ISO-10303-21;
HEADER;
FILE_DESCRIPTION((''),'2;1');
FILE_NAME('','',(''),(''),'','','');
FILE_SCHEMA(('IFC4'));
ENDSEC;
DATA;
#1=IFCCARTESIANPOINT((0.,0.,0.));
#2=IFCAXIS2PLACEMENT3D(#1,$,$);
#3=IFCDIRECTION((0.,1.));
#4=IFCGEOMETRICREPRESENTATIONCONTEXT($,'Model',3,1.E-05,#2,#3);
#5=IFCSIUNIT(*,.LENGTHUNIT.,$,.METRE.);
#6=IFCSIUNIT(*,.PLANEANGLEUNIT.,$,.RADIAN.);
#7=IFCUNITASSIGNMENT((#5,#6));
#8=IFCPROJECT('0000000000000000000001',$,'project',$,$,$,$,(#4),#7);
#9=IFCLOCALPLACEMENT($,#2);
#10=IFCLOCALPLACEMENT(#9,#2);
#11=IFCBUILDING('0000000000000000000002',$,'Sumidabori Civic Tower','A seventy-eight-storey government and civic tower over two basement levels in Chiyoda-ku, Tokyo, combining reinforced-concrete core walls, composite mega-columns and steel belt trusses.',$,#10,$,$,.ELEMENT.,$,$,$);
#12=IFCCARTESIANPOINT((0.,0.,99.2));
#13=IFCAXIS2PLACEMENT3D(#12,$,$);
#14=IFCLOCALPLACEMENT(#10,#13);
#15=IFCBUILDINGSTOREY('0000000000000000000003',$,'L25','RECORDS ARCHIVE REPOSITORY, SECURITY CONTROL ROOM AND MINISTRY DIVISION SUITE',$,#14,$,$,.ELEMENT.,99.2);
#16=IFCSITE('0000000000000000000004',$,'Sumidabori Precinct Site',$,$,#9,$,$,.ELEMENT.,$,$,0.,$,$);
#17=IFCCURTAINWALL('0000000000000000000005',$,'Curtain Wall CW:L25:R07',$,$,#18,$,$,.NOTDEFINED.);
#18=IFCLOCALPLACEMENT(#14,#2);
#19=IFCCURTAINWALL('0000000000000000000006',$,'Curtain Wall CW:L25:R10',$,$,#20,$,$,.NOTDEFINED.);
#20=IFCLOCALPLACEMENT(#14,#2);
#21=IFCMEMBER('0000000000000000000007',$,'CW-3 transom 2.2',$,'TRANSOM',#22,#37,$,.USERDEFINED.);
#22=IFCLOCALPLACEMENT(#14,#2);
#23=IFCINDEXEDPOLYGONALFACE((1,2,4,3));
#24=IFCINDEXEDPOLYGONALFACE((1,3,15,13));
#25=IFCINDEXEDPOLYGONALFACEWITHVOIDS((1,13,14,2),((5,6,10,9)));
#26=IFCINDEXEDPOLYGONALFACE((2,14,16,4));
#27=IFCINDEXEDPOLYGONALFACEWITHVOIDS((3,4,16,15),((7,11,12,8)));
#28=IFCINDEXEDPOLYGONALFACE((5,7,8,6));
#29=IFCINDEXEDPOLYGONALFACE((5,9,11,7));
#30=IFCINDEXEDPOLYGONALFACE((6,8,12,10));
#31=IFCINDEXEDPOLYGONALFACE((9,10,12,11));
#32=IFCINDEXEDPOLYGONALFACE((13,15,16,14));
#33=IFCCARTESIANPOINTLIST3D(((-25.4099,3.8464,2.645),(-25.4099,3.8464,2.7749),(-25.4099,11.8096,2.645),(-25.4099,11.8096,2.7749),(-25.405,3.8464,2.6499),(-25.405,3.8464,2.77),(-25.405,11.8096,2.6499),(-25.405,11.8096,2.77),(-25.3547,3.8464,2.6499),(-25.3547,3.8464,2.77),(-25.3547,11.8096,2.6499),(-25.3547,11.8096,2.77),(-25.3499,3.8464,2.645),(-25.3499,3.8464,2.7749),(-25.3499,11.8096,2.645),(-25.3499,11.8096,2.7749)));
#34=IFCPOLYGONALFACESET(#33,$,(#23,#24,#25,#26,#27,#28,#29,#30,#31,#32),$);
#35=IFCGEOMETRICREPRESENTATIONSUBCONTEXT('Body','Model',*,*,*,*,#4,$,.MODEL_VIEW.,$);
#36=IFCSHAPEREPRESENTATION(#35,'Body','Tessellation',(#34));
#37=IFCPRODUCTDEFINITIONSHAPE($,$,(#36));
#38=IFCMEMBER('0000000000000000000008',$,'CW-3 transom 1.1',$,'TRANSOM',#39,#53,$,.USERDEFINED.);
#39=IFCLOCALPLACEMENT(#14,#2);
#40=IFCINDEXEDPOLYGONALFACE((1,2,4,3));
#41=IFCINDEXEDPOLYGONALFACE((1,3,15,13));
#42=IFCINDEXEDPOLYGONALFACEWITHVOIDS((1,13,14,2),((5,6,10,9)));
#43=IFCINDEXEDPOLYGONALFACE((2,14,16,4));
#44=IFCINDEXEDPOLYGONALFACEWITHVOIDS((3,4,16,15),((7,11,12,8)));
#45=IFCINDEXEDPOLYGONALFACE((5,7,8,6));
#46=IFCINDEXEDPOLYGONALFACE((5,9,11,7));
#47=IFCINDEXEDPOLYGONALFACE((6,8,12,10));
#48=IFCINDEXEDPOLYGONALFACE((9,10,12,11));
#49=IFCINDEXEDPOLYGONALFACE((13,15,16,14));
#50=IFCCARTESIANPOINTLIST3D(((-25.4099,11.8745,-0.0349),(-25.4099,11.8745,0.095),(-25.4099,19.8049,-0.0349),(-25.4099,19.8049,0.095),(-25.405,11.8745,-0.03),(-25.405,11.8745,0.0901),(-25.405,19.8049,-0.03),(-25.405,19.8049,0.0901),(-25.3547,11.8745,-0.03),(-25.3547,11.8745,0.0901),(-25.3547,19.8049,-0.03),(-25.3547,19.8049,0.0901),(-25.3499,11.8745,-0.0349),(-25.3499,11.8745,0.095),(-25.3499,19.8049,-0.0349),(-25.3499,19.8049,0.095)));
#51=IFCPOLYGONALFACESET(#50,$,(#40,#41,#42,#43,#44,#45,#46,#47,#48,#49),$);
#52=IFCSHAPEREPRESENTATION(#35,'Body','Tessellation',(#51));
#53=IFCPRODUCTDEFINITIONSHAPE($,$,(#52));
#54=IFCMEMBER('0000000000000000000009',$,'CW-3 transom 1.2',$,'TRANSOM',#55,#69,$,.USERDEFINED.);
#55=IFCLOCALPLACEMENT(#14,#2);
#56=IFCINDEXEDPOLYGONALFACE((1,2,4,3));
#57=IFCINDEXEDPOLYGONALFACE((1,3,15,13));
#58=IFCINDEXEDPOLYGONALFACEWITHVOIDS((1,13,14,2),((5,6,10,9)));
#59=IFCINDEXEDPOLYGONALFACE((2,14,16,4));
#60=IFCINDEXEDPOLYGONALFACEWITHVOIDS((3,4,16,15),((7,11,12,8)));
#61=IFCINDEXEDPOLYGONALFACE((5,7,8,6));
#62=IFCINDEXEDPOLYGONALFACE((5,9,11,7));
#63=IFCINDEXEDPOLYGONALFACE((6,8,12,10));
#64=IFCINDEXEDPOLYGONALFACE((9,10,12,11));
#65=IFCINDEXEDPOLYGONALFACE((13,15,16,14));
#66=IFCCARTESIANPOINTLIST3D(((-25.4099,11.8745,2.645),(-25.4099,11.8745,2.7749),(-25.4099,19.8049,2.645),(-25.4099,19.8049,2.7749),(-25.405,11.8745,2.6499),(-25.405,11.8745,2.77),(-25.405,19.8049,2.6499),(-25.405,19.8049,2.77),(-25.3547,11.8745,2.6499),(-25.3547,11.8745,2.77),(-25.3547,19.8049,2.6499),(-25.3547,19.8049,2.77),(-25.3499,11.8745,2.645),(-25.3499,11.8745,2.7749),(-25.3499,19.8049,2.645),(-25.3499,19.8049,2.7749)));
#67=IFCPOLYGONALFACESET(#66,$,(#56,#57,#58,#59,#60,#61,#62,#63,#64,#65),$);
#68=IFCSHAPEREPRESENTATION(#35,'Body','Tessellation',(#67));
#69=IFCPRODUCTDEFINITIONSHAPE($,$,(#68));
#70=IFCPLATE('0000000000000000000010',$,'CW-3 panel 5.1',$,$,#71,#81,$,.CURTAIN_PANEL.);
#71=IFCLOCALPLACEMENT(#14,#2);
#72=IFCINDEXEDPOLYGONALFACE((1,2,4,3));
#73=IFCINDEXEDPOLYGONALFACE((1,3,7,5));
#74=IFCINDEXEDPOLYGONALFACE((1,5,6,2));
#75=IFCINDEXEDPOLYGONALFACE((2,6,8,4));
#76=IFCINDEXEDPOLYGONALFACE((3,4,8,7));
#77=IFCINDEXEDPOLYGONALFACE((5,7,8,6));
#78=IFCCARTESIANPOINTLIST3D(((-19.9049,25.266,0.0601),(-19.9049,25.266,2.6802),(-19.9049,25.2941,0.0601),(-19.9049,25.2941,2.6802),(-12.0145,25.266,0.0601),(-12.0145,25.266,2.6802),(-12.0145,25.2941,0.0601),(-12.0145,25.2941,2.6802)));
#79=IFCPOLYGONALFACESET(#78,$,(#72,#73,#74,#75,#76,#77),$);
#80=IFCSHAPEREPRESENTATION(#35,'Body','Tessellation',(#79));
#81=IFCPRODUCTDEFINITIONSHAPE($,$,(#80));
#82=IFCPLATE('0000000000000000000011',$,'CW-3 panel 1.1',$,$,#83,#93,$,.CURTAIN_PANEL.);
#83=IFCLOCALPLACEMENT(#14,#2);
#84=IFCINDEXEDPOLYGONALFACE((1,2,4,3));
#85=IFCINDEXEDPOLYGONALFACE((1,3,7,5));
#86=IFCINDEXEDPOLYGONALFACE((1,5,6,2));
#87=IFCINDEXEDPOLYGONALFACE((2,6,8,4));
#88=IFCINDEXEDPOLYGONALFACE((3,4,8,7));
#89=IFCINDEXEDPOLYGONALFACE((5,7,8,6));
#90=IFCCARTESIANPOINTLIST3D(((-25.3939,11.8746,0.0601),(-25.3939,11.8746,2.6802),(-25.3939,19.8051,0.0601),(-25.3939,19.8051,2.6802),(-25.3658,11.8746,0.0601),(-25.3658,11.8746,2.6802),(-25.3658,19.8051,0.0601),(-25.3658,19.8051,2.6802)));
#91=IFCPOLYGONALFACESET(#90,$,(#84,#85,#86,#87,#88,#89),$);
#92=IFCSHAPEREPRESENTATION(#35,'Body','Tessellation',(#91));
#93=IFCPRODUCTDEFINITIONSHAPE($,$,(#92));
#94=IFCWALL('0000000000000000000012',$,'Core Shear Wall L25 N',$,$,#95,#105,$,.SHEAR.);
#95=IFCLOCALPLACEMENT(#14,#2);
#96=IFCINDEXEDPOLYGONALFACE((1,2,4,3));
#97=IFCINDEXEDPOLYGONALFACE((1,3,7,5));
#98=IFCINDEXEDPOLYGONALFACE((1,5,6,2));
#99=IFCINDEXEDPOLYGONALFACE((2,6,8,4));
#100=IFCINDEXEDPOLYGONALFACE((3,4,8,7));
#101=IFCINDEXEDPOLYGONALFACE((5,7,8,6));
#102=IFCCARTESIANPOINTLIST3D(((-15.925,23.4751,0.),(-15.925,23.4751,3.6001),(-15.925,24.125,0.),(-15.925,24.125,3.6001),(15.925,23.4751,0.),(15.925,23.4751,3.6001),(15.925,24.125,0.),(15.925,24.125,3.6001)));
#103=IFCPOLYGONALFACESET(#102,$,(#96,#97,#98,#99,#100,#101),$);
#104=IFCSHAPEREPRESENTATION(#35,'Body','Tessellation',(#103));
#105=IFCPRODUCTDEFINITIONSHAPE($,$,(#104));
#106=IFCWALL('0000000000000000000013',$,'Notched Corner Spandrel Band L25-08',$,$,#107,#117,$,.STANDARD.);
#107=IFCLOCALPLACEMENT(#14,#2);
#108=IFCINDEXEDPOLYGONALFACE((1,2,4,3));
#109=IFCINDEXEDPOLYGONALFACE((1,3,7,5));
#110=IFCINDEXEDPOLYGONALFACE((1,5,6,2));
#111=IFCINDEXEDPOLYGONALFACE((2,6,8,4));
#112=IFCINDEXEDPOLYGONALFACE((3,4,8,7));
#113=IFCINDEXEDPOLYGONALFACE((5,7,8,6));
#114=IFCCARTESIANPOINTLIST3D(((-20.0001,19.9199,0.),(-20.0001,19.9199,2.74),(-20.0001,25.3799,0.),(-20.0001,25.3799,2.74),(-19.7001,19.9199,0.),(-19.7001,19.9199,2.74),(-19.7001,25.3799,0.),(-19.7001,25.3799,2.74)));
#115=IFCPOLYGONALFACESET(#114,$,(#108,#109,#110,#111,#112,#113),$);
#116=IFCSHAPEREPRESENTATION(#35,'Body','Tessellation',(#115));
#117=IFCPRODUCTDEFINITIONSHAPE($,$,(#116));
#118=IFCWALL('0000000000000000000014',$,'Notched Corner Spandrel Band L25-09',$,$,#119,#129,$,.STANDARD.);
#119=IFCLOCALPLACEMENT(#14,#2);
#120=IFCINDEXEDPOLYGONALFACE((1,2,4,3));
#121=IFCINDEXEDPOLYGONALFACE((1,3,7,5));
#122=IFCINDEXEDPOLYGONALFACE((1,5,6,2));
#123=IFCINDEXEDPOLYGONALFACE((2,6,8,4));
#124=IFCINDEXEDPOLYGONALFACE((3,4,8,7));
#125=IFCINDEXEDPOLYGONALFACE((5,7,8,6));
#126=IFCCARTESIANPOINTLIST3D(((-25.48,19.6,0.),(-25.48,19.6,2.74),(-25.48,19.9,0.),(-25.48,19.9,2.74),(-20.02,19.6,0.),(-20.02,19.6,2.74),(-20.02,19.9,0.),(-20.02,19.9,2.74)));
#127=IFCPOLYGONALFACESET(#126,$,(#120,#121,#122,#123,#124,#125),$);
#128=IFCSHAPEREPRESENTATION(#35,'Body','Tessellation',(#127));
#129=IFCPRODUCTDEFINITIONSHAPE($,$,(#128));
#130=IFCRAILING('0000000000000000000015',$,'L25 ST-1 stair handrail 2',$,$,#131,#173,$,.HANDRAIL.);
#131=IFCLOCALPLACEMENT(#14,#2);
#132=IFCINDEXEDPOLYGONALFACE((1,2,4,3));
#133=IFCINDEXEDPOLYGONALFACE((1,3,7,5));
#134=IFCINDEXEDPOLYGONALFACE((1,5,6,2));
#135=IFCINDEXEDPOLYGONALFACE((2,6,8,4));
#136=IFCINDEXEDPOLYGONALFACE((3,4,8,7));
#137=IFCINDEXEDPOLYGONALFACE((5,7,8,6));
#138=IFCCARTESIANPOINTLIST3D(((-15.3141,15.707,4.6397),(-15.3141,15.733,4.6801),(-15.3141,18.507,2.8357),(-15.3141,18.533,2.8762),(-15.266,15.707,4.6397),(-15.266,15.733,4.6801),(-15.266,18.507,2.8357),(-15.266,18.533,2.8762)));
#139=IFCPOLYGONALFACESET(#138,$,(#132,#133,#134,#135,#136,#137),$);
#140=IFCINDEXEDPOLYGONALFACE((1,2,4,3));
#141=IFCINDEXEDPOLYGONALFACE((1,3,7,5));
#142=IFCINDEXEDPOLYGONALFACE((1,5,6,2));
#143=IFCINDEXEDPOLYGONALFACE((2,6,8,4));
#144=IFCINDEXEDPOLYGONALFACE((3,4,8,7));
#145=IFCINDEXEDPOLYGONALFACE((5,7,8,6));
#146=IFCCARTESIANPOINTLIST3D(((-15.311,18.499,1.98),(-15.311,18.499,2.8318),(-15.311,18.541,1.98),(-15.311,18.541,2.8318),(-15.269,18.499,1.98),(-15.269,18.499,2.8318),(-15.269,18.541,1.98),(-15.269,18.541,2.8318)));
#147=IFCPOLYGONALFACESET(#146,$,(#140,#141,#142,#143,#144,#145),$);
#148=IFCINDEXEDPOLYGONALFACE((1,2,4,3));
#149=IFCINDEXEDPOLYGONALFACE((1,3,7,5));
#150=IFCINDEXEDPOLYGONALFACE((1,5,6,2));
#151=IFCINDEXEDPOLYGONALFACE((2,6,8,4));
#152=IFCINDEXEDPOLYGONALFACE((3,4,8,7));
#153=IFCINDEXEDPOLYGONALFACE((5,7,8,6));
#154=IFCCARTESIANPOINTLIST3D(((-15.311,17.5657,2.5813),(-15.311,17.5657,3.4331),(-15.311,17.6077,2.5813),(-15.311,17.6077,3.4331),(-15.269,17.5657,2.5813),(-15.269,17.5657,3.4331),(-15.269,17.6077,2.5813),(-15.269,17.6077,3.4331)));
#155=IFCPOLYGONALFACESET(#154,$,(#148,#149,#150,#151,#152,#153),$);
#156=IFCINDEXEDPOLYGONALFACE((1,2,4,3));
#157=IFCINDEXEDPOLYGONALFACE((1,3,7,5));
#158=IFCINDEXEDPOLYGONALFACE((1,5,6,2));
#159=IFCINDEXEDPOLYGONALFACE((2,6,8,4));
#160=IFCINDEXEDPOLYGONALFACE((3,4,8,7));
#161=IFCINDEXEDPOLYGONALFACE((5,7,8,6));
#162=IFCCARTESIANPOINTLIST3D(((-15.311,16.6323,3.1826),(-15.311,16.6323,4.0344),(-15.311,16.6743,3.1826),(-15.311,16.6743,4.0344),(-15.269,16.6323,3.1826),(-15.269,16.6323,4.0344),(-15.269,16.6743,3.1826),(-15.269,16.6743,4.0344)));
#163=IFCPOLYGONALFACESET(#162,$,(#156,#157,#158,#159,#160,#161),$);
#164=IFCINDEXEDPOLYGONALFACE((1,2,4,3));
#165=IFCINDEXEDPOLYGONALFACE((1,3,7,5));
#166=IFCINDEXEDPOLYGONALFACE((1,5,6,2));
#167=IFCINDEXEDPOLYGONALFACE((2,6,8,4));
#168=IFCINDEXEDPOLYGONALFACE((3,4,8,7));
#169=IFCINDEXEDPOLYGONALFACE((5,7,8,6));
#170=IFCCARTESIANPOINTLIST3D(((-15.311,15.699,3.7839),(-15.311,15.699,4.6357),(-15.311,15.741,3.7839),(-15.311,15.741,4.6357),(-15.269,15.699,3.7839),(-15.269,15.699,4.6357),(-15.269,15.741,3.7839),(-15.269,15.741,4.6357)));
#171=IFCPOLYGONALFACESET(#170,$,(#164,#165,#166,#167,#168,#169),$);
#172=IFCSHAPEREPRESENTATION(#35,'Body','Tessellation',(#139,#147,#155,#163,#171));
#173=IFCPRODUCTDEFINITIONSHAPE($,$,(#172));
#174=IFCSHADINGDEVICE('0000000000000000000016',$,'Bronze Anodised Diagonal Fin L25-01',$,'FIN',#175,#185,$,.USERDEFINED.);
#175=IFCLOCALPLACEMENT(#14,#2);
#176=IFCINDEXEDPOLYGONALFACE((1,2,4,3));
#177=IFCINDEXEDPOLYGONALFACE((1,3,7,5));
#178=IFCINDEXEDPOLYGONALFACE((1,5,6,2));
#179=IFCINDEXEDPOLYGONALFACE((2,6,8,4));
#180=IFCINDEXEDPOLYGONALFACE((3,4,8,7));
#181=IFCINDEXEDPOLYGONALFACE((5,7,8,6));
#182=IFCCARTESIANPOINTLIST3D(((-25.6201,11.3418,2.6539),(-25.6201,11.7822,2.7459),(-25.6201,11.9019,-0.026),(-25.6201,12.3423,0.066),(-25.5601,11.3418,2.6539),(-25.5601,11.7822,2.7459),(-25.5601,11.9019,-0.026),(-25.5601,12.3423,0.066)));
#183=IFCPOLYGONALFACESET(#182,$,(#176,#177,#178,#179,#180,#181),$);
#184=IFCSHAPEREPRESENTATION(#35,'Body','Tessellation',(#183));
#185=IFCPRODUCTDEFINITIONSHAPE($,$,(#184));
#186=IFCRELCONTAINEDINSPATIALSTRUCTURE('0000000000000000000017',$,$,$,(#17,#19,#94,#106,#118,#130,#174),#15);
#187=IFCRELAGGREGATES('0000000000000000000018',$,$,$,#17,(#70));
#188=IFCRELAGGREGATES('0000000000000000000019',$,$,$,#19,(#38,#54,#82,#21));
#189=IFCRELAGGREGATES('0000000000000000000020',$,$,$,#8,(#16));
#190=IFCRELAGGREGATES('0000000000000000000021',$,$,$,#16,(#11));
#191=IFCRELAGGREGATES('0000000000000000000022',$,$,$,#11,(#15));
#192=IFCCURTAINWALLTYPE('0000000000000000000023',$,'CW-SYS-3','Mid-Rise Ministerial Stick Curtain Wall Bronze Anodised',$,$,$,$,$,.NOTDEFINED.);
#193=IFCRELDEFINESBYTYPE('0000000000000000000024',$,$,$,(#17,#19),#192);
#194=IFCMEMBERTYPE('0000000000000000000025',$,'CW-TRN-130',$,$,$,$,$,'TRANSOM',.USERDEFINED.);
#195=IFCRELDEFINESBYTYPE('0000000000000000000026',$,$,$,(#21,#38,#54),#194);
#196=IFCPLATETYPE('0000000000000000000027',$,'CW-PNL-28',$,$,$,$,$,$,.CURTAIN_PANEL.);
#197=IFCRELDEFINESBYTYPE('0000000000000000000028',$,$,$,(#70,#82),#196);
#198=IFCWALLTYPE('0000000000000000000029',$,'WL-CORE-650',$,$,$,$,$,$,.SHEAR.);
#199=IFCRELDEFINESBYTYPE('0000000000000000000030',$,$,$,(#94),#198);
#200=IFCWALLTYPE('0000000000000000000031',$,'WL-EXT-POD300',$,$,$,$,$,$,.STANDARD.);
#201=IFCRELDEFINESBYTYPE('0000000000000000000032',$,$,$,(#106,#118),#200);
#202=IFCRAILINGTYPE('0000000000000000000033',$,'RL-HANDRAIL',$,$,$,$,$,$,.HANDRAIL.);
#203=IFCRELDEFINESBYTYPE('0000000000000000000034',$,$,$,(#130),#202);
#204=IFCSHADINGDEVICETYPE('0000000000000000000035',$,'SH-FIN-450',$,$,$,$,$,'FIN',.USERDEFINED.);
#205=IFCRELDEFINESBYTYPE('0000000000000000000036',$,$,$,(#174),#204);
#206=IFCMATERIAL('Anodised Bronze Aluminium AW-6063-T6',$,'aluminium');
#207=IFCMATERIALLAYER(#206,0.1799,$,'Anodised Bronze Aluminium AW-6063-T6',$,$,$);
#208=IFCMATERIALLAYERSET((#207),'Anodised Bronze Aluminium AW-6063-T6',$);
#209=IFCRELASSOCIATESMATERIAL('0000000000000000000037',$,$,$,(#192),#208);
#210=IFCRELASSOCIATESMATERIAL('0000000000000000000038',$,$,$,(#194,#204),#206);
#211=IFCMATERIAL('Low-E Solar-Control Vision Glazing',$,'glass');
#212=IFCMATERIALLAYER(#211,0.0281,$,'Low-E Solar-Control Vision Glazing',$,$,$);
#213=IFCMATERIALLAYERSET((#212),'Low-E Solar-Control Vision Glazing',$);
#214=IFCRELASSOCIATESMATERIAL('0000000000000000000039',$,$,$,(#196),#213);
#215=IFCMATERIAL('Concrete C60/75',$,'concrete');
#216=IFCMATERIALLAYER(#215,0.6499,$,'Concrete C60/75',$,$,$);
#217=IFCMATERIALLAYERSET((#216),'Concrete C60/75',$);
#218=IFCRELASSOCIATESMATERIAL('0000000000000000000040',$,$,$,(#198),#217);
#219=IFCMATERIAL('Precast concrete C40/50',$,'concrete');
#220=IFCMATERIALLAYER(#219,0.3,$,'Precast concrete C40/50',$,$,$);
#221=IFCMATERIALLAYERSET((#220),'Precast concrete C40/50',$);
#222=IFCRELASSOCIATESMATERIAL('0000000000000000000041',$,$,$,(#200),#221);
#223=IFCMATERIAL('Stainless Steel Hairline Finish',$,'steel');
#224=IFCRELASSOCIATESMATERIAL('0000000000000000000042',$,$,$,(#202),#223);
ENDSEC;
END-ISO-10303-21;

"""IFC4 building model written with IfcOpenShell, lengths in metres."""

from ifc_helpers import new_model, si_unit, direction, frame, frame_2d, origin, origin_2d, place, context, subcontext, project, spatial, rectangle, hollow_rectangle, extrude, source, transform, mapped, material, layer, layer_set, material_profile, profile_set, type_object, element, aggregate, save


model = new_model("IFC4")

# Units and contexts
model_context = context("Model", 3, precision=1e-05, world=origin(), true_north=direction((0.0, 1.0)))
body_context = subcontext(model_context, "Body", "Model", "MODEL_VIEW")
ifc_project = project(units=[si_unit("LENGTHUNIT", "METRE"), si_unit("PLANEANGLEUNIT", "RADIAN")], contexts=[model_context])

# Site, building, storey
site_placement = place(None, origin())
site = spatial("IfcSite", under=ifc_project, at=site_placement, Name="Sumidabori Precinct Site", CompositionType="ELEMENT", RefElevation=0.0)
building_placement = place(site_placement, origin())
building = spatial("IfcBuilding", under=site, at=building_placement, Name="Sumidabori Civic Tower", Description="A seventy-eight-storey government and civic tower over two basement levels in Chiyoda-ku, Tokyo, combining reinforced-concrete core walls, composite mega-columns and steel belt trusses.", CompositionType="ELEMENT")
storey_placement = place(building_placement, frame((0.0, 0.0, 99.2)))
storey = spatial("IfcBuildingStorey", under=building, at=storey_placement, Name="L25", Description="RECORDS ARCHIVE REPOSITORY, SECURITY CONTROL ROOM AND MINISTRY DIVISION SUITE", CompositionType="ELEMENT", Elevation=99.2)

# Shared definitions
ifc_material_1 = material(Name="Concrete C60/75", Category="concrete")

# Curtain wall
ifc_material_2 = material(Name="Anodised Bronze Aluminium AW-6063-T6", Category="aluminium")
ifc_layer_1 = layer(ifc_material_2, 0.1799, Name="Anodised Bronze Aluminium AW-6063-T6")
ifc_layer_set_1 = layer_set([ifc_layer_1], Name="Anodised Bronze Aluminium AW-6063-T6")
curtain_wall_type = type_object("IfcCurtainWallType", Name="CW-SYS-3", Description="Mid-Rise Ministerial Stick Curtain Wall Bronze Anodised", PredefinedType="NOTDEFINED", material=ifc_layer_set_1)
curtain_wall_1_placement = place(storey_placement, origin())
curtain_wall_1 = element("IfcCurtainWall", 1, at=curtain_wall_1_placement, inside=storey, type_object=curtain_wall_type, Name="Curtain Wall CW:L25:R07", PredefinedType="NOTDEFINED")

# Curtain wall, members
curtain_wall_2_placement = place(storey_placement, origin())
curtain_wall_2 = element("IfcCurtainWall", 2, at=curtain_wall_2_placement, inside=storey, type_object=curtain_wall_type, Name="Curtain Wall CW:L25:R10", PredefinedType="NOTDEFINED")
ifc_material_profile_1 = material_profile(ifc_material_2, hollow_rectangle(XDim=0.0601, YDim=0.1299, WallThickness=0.0049, at=origin_2d()), Name="ALU TRANSOM 130x60")
ifc_profile_set_1 = profile_set([ifc_material_profile_1], Name="Anodised Bronze Aluminium AW-6063-T6")
member_type_1 = type_object("IfcMemberType", Name="CW-TRN-130", ElementType="TRANSOM", PredefinedType="USERDEFINED", material=ifc_profile_set_1)
shared_shape_1 = source(origin(), body_context, "Body", "SweptSolid", [
    extrude(hollow_rectangle(XDim=0.0601, YDim=0.1299, WallThickness=0.0049, at=origin_2d()), origin(), (0.0, 0.0, 1.0), 7.9631),
])
member_1_placement = place(storey_placement, frame((-25.3799, 11.8096, 2.71), z_axis=(0.0, -1.0, 0.0), x_axis=(1.0, 0.0, 0.0)))
member_1 = element("IfcMember", 3, at=member_1_placement, type_object=member_type_1, Name="CW-3 transom 2.2", ObjectType="TRANSOM", PredefinedType="USERDEFINED", context=body_context, shape_type="MappedRepresentation", body=[
    mapped(shared_shape_1, transform((0.0, 0.0, 0.0), x_axis=(1.0, 0.0, 0.0), y_axis=(0.0, 1.0, 0.0), z_axis=(0.0, 0.0, 1.0), scale=1.0)),
])
shared_shape_2 = source(origin(), body_context, "Body", "SweptSolid", [
    extrude(hollow_rectangle(XDim=0.0601, YDim=0.1299, WallThickness=0.0049, at=origin_2d()), origin(), (0.0, 0.0, 1.0), 7.9304),
])
member_2_placement = place(storey_placement, frame((-25.3799, 19.8049, 0.03), z_axis=(0.0, -1.0, 0.0), x_axis=(1.0, 0.0, 0.0)))
member_2 = element("IfcMember", 4, at=member_2_placement, type_object=member_type_1, Name="CW-3 transom 1.1", ObjectType="TRANSOM", PredefinedType="USERDEFINED", context=body_context, shape_type="MappedRepresentation", body=[
    mapped(shared_shape_2, transform((0.0, 0.0, 0.0), x_axis=(1.0, 0.0, 0.0), y_axis=(0.0, 1.0, 0.0), z_axis=(0.0, 0.0, 1.0), scale=1.0)),
])
member_3_placement = place(storey_placement, frame((-25.3799, 19.8049, 2.71), z_axis=(0.0, -1.0, 0.0), x_axis=(1.0, 0.0, 0.0)))
member_3 = element("IfcMember", 5, at=member_3_placement, type_object=member_type_1, Name="CW-3 transom 1.2", ObjectType="TRANSOM", PredefinedType="USERDEFINED", context=body_context, shape_type="MappedRepresentation", body=[
    mapped(shared_shape_2, transform((0.0, 0.0, 0.0), x_axis=(1.0, 0.0, 0.0), y_axis=(0.0, 1.0, 0.0), z_axis=(0.0, 0.0, 1.0), scale=1.0)),
])

# Plates
ifc_material_3 = material(Name="Low-E Solar-Control Vision Glazing", Category="glass")
ifc_layer_2 = layer(ifc_material_3, 0.0281, Name="Low-E Solar-Control Vision Glazing")
ifc_layer_set_2 = layer_set([ifc_layer_2], Name="Low-E Solar-Control Vision Glazing")
plate_type = type_object("IfcPlateType", Name="CW-PNL-28", PredefinedType="CURTAIN_PANEL", material=ifc_layer_set_2)
shared_shape_3 = source(origin(), body_context, "Body", "SweptSolid", [
    extrude(rectangle(XDim=7.8904, YDim=0.0281, at=origin_2d()), origin(), (0.0, 0.0, 1.0), 2.6201),
])
plate_1_placement = place(storey_placement, frame((-15.9597, 25.28, 0.0601), z_axis=(0.0, 0.0, 1.0), x_axis=(-1.0, 0.0, 0.0)))
plate_1 = element("IfcPlate", 6, at=plate_1_placement, type_object=plate_type, Name="CW-3 panel 5.1", PredefinedType="CURTAIN_PANEL", context=body_context, shape_type="MappedRepresentation", body=[
    mapped(shared_shape_3, transform((0.0, 0.0, 0.0), x_axis=(1.0, 0.0, 0.0), y_axis=(0.0, 1.0, 0.0), z_axis=(0.0, 0.0, 1.0), scale=1.0)),
])
aggregate(curtain_wall_1, [plate_1])
shared_shape_4 = source(origin(), body_context, "Body", "SweptSolid", [
    extrude(rectangle(XDim=7.9304, YDim=0.0281, at=origin_2d()), origin(), (0.0, 0.0, 1.0), 2.6201),
])
plate_2_placement = place(storey_placement, frame((-25.3799, 15.8398, 0.0601), z_axis=(0.0, 0.0, 1.0), x_axis=(0.0, -1.0, 0.0)))
plate_2 = element("IfcPlate", 7, at=plate_2_placement, type_object=plate_type, Name="CW-3 panel 1.1", PredefinedType="CURTAIN_PANEL", context=body_context, shape_type="MappedRepresentation", body=[
    mapped(shared_shape_4, transform((0.0, 0.0, 0.0), x_axis=(1.0, 0.0, 0.0), y_axis=(0.0, 1.0, 0.0), z_axis=(0.0, 0.0, 1.0), scale=1.0)),
])
aggregate(curtain_wall_2, [member_2, member_3, plate_2, member_1])

# Walls
ifc_layer_3 = layer(ifc_material_1, 0.6499, Name="Concrete C60/75")
ifc_layer_set_3 = layer_set([ifc_layer_3], Name="Concrete C60/75")
wall_type_1 = type_object("IfcWallType", Name="WL-CORE-650", PredefinedType="SHEAR", material=ifc_layer_set_3)
shared_shape_5 = source(origin(), body_context, "Body", "SweptSolid", [
    extrude(rectangle(XDim=31.8501, YDim=0.6499, at=frame_2d((15.925, 0.0))), origin(), (0.0, 0.0, 1.0), 3.6001),
])
wall_placement = place(storey_placement, frame((-15.925, 23.8, 0.0), z_axis=(0.0, 0.0, 1.0), x_axis=(1.0, 0.0, 0.0)))
element("IfcWall", 8, at=wall_placement, inside=storey, type_object=wall_type_1, Name="Core Shear Wall L25 N", PredefinedType="SHEAR", context=body_context, shape_type="MappedRepresentation", body=[
    mapped(shared_shape_5, transform((0.0, 0.0, 0.0), x_axis=(1.0, 0.0, 0.0), y_axis=(0.0, 1.0, 0.0), z_axis=(0.0, 0.0, 1.0), scale=1.0)),
])
ifc_material_4 = material(Name="Precast concrete C40/50", Category="concrete")
ifc_layer_4 = layer(ifc_material_4, 0.3, Name="Precast concrete C40/50")
ifc_layer_set_4 = layer_set([ifc_layer_4], Name="Precast concrete C40/50")
wall_type_2 = type_object("IfcWallType", Name="WL-EXT-POD300", PredefinedType="STANDARD", material=ifc_layer_set_4)
shared_shape_6 = source(origin(), body_context, "Body", "SweptSolid", [
    extrude(rectangle(XDim=5.46, YDim=0.3, at=frame_2d((2.73, 0.0))), origin(), (0.0, 0.0, 1.0), 2.74),
])
for number, where, z_axis, x_axis, name in (
    (9, (-19.8501, 25.3799, 0.0), (0.0, 0.0, 1.0), (0.0, -1.0, 0.0), "Notched Corner Spandrel Band L25-08"),
    (10, (-20.02, 19.75, 0.0), (0.0, 0.0, 1.0), (-1.0, 0.0, 0.0), "Notched Corner Spandrel Band L25-09"),
):
    element("IfcWall", number, at=place(storey_placement, frame(where, z_axis=z_axis, x_axis=x_axis)), inside=storey, type_object=wall_type_2, Name=name, PredefinedType="STANDARD", context=body_context, shape_type="MappedRepresentation", body=[
        mapped(shared_shape_6, transform((0.0, 0.0, 0.0), x_axis=(1.0, 0.0, 0.0), y_axis=(0.0, 1.0, 0.0), z_axis=(0.0, 0.0, 1.0), scale=1.0)),
    ])

# Railing
ifc_material_5 = material(Name="Stainless Steel Hairline Finish", Category="steel")
railing_type = type_object("IfcRailingType", Name="RL-HANDRAIL", PredefinedType="HANDRAIL", material=ifc_material_5)
railing_placement = place(storey_placement, frame((-15.29, 18.52, 1.98)))
element("IfcRailing", 11, at=railing_placement, inside=storey, type_object=railing_type, Name="L25 ST-1 stair handrail 2", PredefinedType="HANDRAIL", context=body_context, shape_type="SweptSolid", body=[
    extrude(rectangle(XDim=0.0481, YDim=0.0481, at=origin_2d()), frame((0.0, 0.0, 0.876), z_axis=(0.0, -0.840642, 0.541591), x_axis=(1.0, 0.0, 0.0)), (0.0, 0.0, 1.0), 3.3308),
    extrude(rectangle(XDim=0.042, YDim=0.042, at=origin_2d()), origin(), (0.0, 0.0, 1.0), 0.8518),
    extrude(rectangle(XDim=0.042, YDim=0.042, at=origin_2d()), frame((0.0, -0.9333, 0.6013)), (0.0, 0.0, 1.0), 0.8518),
    extrude(rectangle(XDim=0.042, YDim=0.042, at=origin_2d()), frame((0.0, -1.8667, 1.2026)), (0.0, 0.0, 1.0), 0.8518),
    extrude(rectangle(XDim=0.042, YDim=0.042, at=origin_2d()), frame((0.0, -2.8, 1.804)), (0.0, 0.0, 1.0), 0.8518),
])

# Shading device
ifc_material_profile_2 = material_profile(ifc_material_2, rectangle(XDim=0.0601, YDim=0.45, at=origin_2d()), Name="BRONZE FIN 450x60")
ifc_profile_set_2 = profile_set([ifc_material_profile_2], Name="Anodised Bronze Aluminium AW-6063-T6")
shading_device_type = type_object("IfcShadingDeviceType", Name="SH-FIN-450", ElementType="FIN", PredefinedType="USERDEFINED", material=ifc_profile_set_2)
shared_shape_7 = source(origin(), body_context, "Body", "SweptSolid", [
    extrude(rectangle(XDim=0.0601, YDim=0.45, at=origin_2d()), origin(), (0.0, 0.0, 1.0), 2.7378),
])
shading_device_placement = place(storey_placement, frame((-25.5901, 12.1221, 0.02), z_axis=(0.0, -0.204563, 0.978853), x_axis=(-1.0, 0.0, 0.0)))
element("IfcShadingDevice", 12, at=shading_device_placement, inside=storey, type_object=shading_device_type, Name="Bronze Anodised Diagonal Fin L25-01", ObjectType="FIN", PredefinedType="USERDEFINED", context=body_context, shape_type="MappedRepresentation", body=[
    mapped(shared_shape_7, transform((0.0, 0.0, 0.0), x_axis=(1.0, 0.0, 0.0), y_axis=(0.0, 1.0, 0.0), z_axis=(0.0, 0.0, 1.0), scale=1.0)),
])

save(model, "model.ifc")
